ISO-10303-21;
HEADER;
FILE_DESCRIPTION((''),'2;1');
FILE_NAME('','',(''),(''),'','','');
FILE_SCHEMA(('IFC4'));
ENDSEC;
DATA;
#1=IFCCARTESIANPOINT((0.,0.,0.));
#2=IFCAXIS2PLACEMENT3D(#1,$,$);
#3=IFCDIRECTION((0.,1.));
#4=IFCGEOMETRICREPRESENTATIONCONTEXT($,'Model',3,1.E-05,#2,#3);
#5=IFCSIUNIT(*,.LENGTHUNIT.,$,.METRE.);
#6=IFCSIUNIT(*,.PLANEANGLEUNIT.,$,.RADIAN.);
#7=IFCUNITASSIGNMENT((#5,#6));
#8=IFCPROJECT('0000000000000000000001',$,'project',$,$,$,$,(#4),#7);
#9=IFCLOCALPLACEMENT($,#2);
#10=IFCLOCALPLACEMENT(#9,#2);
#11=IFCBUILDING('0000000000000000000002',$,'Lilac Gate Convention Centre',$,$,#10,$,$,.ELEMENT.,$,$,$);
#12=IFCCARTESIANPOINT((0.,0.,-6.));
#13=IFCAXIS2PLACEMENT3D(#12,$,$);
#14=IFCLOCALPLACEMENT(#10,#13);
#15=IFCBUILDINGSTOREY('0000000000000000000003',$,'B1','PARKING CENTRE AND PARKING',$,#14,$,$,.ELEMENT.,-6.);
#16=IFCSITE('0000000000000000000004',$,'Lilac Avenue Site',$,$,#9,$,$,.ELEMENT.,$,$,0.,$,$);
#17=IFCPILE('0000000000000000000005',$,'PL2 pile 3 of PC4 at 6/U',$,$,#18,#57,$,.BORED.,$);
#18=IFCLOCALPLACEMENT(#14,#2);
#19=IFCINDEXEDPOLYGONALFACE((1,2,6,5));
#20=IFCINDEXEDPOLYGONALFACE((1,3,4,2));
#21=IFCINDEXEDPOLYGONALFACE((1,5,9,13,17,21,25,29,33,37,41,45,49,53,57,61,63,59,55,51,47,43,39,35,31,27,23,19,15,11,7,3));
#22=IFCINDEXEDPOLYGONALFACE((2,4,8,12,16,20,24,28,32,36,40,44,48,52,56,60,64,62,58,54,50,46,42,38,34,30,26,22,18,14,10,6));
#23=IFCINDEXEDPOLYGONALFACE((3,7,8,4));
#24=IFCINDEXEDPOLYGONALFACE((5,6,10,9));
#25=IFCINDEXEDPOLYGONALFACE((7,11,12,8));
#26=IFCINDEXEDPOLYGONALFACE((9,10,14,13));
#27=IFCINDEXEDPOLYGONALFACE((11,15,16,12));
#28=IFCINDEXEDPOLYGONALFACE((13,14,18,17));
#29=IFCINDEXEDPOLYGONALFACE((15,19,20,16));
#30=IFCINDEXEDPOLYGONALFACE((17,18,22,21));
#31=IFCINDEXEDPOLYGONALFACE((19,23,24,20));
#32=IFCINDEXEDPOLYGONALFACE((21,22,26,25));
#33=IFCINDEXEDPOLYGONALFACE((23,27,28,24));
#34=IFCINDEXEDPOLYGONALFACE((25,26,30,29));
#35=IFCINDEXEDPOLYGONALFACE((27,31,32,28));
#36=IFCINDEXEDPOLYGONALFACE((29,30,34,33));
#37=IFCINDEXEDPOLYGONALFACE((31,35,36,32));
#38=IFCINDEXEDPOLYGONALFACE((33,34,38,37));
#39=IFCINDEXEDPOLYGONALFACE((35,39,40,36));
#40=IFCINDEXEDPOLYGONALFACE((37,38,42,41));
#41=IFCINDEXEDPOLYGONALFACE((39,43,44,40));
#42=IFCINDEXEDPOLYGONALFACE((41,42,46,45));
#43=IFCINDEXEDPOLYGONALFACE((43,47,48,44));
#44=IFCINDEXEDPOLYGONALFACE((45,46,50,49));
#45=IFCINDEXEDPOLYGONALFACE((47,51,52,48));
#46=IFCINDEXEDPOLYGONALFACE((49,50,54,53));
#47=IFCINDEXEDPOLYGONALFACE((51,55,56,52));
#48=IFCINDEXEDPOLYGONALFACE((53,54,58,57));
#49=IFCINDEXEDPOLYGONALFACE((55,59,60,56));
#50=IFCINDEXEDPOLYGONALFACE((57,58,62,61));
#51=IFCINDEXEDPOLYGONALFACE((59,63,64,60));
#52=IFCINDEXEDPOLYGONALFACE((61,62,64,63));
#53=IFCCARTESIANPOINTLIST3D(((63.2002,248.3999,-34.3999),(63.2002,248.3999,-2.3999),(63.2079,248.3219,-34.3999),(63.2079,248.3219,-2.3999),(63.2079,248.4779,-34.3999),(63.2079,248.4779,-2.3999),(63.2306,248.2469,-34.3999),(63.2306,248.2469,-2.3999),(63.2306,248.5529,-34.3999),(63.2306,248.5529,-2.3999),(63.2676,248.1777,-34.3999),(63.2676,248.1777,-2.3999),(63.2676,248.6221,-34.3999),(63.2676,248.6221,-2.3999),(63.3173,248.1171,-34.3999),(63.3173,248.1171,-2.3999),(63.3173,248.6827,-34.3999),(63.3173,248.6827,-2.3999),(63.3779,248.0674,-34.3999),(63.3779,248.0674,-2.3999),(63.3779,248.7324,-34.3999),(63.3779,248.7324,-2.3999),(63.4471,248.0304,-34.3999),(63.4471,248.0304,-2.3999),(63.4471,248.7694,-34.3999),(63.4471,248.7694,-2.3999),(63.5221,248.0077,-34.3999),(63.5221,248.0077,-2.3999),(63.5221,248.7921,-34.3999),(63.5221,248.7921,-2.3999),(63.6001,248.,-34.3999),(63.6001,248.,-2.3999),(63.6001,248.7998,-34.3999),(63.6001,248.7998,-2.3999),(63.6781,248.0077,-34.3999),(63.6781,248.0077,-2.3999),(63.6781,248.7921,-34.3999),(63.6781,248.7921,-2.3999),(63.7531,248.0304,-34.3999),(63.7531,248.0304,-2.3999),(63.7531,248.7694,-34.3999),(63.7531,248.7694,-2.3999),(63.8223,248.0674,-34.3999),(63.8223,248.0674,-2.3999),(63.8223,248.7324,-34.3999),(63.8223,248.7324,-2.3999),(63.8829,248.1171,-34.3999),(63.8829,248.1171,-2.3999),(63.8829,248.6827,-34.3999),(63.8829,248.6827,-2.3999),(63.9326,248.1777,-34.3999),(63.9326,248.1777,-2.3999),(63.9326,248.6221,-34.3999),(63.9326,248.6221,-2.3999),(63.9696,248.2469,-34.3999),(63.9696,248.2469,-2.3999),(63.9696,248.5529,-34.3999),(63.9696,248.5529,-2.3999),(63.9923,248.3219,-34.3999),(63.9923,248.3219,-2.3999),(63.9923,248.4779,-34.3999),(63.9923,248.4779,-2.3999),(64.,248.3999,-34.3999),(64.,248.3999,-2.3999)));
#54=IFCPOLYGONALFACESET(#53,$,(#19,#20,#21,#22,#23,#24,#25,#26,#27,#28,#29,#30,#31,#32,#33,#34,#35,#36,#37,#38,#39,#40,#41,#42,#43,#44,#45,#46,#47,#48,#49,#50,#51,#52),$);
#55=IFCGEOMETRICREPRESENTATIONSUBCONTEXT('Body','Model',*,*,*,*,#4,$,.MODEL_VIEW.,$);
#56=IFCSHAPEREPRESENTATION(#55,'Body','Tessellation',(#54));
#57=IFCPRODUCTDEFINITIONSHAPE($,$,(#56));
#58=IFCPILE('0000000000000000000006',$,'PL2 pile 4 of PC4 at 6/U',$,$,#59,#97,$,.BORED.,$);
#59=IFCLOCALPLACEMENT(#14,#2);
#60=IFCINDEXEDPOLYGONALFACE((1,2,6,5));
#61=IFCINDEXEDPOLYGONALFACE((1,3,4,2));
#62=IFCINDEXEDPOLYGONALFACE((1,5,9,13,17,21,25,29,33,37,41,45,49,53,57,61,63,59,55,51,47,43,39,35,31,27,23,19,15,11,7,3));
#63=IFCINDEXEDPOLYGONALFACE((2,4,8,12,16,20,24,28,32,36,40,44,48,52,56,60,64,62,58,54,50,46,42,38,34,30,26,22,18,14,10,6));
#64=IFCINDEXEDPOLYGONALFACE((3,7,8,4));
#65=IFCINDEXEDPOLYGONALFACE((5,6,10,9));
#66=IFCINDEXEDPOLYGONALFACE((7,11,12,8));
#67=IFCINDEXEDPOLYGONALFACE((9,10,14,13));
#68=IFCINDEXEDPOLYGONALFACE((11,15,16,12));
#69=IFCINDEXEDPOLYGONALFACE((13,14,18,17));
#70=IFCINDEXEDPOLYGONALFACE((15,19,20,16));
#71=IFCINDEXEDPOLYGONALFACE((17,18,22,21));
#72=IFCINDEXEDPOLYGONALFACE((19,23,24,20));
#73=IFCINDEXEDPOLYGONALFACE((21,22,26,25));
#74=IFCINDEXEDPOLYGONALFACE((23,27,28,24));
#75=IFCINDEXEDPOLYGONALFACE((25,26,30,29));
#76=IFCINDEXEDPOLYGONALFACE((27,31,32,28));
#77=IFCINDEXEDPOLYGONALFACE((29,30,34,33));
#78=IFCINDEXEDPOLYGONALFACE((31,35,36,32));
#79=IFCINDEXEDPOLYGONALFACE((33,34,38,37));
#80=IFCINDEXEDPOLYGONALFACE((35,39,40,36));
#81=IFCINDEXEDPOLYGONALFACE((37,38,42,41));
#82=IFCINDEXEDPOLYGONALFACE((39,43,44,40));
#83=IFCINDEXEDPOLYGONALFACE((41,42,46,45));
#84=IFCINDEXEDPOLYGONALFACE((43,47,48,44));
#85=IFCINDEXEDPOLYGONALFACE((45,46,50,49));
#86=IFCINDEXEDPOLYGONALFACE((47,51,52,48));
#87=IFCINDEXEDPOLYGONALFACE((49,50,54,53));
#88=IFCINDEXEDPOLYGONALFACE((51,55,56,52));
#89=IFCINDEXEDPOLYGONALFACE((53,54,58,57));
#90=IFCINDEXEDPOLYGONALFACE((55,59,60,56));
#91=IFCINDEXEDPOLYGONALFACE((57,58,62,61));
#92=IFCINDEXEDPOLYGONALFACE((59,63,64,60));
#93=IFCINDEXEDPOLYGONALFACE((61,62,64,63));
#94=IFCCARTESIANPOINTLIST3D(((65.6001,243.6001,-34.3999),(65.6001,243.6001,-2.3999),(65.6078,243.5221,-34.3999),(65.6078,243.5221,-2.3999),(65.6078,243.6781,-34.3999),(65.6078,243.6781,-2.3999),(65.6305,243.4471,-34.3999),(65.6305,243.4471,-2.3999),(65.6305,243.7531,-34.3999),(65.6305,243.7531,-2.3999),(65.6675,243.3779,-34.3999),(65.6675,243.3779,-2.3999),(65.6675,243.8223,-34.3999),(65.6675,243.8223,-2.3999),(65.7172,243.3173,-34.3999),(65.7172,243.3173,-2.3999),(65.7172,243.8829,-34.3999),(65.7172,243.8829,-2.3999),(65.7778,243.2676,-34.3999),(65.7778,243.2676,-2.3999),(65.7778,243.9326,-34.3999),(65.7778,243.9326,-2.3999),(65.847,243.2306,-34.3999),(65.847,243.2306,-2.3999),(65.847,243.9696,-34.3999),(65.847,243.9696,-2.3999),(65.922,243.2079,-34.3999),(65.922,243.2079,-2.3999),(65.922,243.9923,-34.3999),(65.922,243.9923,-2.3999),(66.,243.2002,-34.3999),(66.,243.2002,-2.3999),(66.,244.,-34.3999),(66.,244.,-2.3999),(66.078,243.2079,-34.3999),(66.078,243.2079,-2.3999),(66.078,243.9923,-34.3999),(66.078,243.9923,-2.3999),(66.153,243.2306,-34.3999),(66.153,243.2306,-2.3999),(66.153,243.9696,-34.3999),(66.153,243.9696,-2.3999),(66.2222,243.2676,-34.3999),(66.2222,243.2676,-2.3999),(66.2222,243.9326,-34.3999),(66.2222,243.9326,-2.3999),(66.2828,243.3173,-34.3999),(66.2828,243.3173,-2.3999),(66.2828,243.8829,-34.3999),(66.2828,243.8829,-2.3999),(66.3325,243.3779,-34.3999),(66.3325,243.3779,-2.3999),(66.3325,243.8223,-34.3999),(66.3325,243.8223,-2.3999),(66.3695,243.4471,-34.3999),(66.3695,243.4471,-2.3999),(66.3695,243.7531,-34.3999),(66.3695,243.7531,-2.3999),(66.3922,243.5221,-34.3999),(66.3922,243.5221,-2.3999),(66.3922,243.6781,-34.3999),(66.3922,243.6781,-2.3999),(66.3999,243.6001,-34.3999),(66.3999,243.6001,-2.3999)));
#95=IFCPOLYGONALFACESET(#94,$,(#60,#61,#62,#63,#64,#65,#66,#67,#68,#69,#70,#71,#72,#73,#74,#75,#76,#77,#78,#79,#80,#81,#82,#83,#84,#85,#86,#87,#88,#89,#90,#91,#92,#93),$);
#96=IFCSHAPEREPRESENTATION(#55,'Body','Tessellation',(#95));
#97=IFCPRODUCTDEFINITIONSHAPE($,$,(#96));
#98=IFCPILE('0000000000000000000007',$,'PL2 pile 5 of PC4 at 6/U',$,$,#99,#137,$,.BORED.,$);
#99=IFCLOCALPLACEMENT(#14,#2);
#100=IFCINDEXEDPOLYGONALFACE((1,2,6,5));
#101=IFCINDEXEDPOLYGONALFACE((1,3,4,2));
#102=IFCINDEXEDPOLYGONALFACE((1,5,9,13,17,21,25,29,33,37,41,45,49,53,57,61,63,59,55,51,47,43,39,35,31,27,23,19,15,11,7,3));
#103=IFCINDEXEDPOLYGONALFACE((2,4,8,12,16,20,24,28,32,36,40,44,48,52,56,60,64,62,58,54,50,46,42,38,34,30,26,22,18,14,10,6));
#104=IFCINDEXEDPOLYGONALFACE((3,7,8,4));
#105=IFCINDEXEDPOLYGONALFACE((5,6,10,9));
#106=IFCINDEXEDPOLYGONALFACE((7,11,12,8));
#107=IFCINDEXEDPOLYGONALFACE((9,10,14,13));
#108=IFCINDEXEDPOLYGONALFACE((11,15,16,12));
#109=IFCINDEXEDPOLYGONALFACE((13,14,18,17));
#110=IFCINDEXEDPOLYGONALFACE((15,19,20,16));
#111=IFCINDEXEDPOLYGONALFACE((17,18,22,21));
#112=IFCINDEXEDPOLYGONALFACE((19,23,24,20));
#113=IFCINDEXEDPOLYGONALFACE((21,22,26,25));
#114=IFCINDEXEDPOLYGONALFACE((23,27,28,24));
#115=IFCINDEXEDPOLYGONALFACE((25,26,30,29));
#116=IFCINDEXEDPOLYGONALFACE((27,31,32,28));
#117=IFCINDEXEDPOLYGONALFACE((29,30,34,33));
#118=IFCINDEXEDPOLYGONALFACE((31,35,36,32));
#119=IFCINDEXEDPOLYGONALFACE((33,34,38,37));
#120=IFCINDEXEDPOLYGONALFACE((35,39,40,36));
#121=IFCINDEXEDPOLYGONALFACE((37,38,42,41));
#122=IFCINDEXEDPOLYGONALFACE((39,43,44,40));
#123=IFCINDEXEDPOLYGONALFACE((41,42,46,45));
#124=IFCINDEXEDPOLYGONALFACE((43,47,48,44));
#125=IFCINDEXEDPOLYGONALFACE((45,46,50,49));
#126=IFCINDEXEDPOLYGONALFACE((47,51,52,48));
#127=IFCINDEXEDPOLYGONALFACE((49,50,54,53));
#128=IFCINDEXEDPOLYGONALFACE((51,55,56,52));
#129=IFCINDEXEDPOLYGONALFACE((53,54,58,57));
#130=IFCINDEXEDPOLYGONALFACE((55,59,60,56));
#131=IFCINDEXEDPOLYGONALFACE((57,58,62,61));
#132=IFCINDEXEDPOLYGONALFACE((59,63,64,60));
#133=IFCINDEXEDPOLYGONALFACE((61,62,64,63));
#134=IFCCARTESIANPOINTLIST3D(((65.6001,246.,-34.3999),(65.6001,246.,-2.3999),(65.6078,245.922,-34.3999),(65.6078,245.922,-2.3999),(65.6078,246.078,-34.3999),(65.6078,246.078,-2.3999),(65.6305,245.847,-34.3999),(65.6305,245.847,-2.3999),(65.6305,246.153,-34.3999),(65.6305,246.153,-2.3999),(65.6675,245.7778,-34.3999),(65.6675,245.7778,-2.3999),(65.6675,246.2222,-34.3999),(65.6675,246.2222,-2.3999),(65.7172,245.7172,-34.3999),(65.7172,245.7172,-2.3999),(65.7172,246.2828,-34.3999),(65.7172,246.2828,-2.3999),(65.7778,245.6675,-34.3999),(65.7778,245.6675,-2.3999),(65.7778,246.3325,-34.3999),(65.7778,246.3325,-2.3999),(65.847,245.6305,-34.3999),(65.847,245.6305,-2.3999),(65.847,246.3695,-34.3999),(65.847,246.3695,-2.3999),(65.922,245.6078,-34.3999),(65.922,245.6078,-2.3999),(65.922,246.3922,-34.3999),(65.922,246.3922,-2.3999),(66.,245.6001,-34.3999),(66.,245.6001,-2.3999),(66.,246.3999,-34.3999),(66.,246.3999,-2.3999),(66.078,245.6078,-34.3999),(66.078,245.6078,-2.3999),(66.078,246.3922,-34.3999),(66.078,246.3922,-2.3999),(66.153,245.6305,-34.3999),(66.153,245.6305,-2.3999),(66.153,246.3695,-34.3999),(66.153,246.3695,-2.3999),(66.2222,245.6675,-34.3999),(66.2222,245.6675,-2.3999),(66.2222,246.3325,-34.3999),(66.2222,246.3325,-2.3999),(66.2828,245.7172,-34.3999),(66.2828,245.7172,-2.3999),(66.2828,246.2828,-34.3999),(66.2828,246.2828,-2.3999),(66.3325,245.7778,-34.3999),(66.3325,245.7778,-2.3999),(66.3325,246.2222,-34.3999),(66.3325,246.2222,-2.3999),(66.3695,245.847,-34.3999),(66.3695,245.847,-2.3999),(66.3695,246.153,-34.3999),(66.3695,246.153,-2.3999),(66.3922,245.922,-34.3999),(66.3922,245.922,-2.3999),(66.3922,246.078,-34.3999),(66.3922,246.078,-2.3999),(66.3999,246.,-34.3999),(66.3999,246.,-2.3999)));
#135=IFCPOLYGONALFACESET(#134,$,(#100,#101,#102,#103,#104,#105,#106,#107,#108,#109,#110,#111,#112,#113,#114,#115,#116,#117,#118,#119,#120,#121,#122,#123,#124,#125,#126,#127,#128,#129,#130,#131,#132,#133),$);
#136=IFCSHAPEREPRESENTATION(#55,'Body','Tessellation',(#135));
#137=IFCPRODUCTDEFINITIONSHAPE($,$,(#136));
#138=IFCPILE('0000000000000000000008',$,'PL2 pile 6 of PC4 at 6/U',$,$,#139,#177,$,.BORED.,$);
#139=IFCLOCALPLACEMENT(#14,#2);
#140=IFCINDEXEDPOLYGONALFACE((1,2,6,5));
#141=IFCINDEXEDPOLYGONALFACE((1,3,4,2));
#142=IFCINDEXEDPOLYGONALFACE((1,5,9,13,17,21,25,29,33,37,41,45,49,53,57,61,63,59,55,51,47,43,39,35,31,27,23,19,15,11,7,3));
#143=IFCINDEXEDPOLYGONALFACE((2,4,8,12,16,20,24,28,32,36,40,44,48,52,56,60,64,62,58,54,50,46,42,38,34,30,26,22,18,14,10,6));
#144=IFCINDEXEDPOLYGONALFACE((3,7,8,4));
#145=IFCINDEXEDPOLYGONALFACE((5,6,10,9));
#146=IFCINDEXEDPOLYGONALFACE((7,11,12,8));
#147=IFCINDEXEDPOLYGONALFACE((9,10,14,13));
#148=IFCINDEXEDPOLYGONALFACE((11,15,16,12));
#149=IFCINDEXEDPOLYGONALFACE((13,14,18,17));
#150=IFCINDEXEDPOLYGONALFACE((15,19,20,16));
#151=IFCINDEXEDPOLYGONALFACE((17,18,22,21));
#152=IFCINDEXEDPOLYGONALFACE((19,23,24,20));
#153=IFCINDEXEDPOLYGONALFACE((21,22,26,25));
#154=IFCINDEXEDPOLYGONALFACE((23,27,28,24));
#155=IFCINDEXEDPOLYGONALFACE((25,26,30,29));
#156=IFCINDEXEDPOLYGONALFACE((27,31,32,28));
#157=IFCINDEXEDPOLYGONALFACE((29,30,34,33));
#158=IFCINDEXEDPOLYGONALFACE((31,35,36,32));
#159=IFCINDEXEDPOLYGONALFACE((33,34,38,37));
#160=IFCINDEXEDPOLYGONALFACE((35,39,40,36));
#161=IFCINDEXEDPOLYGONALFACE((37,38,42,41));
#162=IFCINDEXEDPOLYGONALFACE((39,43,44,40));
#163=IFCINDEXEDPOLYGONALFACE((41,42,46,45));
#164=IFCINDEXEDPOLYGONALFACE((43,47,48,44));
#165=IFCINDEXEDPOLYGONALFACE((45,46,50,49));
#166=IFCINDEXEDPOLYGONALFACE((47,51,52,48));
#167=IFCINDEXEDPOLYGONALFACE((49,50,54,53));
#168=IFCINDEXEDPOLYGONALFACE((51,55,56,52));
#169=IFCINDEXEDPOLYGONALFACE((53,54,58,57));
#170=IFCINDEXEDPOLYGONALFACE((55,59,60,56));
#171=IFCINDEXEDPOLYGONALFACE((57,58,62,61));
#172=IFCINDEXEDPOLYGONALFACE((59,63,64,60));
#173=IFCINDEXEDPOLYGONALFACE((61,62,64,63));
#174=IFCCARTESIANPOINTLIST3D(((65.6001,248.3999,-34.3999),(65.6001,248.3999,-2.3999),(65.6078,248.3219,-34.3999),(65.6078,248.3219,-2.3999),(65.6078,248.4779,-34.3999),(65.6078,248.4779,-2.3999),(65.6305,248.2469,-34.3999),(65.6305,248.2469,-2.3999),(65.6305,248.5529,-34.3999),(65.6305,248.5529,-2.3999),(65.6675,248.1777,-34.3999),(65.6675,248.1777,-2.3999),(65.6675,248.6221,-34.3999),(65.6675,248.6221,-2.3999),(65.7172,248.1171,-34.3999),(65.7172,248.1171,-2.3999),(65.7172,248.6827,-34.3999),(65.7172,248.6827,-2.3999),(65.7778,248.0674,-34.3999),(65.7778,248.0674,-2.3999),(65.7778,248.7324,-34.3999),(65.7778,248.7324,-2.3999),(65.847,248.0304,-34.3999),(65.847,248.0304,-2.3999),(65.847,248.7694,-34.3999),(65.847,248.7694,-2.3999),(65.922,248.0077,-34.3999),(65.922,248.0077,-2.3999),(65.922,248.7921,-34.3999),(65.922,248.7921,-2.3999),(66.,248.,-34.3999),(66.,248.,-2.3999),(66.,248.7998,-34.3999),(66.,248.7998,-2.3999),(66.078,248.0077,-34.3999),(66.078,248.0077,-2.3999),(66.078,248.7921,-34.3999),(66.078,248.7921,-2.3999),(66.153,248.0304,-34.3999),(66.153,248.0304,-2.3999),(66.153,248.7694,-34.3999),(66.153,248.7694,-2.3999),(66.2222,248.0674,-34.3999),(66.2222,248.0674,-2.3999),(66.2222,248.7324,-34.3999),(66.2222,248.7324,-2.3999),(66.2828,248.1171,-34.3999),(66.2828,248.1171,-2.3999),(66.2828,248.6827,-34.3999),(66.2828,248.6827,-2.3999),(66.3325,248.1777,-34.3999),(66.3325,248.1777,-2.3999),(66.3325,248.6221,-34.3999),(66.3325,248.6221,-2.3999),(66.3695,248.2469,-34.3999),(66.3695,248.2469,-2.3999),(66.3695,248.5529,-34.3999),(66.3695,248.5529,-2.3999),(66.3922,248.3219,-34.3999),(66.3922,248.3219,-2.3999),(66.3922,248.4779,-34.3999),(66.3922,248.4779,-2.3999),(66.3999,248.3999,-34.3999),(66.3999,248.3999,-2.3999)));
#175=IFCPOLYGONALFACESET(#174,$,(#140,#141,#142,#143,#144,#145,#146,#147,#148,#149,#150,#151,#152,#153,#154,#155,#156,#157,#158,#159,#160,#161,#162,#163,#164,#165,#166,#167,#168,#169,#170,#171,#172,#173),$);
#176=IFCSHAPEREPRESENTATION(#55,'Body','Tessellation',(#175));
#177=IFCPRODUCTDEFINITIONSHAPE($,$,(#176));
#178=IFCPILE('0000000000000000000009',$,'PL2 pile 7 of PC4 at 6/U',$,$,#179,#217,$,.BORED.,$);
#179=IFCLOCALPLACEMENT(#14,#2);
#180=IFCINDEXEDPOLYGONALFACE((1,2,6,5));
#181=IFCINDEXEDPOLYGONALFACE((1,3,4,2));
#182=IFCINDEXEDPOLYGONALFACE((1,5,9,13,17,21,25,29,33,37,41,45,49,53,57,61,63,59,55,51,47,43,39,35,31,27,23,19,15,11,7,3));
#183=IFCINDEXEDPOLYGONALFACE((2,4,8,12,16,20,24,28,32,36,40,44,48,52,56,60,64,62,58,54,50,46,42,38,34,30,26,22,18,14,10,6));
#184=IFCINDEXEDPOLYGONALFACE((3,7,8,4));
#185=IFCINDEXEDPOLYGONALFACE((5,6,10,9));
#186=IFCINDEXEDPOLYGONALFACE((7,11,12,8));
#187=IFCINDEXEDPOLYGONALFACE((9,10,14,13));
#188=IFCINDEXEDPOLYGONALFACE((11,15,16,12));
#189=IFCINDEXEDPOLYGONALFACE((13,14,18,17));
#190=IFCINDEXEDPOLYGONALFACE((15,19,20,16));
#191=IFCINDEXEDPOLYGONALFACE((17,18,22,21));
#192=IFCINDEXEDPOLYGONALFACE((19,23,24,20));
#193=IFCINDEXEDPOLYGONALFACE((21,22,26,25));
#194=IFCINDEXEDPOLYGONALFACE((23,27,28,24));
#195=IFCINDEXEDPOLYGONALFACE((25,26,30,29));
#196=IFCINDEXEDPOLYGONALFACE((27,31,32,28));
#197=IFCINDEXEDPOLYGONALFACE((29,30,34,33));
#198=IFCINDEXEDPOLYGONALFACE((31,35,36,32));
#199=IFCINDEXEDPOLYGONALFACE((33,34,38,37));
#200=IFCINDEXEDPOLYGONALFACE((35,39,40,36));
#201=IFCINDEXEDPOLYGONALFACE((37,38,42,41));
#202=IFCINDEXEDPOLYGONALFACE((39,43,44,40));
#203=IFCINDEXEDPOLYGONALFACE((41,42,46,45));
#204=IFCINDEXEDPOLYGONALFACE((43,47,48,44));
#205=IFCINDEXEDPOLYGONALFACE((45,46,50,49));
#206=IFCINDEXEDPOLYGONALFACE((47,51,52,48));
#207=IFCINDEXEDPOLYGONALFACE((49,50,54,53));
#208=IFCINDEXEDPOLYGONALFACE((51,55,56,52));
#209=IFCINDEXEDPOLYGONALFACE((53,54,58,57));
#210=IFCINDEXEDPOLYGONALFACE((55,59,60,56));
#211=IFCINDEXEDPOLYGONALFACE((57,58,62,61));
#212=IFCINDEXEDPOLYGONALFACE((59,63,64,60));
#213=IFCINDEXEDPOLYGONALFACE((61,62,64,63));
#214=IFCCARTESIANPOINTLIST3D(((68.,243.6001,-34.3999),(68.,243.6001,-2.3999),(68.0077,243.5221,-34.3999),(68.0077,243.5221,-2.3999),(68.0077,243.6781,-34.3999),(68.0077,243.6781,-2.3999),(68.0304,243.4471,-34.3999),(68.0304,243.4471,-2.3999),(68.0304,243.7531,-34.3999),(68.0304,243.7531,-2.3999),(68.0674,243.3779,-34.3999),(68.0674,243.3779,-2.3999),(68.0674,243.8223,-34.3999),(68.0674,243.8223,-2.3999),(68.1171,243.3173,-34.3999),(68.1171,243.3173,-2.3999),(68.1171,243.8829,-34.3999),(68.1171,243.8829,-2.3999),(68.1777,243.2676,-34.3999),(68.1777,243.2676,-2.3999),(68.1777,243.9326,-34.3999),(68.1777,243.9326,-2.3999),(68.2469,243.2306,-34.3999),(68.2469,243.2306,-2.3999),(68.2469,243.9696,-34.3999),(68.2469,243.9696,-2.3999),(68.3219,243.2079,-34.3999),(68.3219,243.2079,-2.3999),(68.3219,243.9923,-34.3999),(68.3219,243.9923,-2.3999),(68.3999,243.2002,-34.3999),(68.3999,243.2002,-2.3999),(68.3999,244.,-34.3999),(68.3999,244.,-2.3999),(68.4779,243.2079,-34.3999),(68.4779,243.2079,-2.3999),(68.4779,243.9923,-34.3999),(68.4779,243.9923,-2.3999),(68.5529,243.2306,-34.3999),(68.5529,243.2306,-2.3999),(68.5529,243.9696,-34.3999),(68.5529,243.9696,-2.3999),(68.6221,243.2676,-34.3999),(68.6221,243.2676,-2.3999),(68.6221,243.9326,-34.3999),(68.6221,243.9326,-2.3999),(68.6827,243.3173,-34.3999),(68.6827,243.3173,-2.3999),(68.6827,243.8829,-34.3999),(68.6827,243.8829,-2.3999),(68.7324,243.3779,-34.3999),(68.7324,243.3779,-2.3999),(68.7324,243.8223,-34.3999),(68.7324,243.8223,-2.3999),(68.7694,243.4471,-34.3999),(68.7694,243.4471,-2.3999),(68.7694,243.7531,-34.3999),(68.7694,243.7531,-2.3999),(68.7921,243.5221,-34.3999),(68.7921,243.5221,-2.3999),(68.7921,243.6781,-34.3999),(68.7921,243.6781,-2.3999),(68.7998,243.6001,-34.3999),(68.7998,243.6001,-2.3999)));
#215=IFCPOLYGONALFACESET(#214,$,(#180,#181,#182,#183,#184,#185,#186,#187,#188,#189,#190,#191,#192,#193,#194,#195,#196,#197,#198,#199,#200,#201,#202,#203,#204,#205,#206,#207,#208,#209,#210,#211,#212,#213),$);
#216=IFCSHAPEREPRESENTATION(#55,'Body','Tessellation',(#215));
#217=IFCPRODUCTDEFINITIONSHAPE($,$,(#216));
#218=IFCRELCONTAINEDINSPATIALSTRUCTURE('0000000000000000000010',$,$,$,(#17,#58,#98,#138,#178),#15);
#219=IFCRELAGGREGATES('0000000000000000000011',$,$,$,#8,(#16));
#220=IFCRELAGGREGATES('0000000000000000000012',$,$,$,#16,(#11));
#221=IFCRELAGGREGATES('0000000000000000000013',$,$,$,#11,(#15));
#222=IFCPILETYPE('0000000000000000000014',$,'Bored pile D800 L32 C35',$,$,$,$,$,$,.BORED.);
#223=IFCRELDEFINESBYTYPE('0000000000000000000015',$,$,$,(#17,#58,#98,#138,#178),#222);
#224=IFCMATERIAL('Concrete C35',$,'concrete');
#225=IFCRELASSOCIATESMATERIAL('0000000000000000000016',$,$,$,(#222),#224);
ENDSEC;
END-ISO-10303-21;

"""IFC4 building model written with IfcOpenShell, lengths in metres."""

from ifc_helpers import new_model, si_unit, direction, frame, origin, origin_2d, place, context, subcontext, project, spatial, circle, extrude, material, material_profile, profile_set, type_object, element, save


model = new_model("IFC4")

# Units and contexts
model_context = context("Model", 3, precision=1e-05, world=origin(), true_north=direction((0.0, 1.0)))
body_context = subcontext(model_context, "Body", "Model", "MODEL_VIEW")
ifc_project = project(units=[si_unit("LENGTHUNIT", "METRE"), si_unit("PLANEANGLEUNIT", "RADIAN")], contexts=[model_context])

# Site, building, storey
site_placement = place(None, origin())
site = spatial("IfcSite", under=ifc_project, at=site_placement, Name="Lilac Avenue Site", CompositionType="ELEMENT", RefElevation=0.0)
building_placement = place(site_placement, origin())
building = spatial("IfcBuilding", under=site, at=building_placement, Name="Lilac Gate Convention Centre", CompositionType="ELEMENT")
storey_placement = place(building_placement, frame((0.0, 0.0, -6.0)))
storey = spatial("IfcBuildingStorey", under=building, at=storey_placement, Name="B1", Description="PARKING CENTRE AND PARKING", CompositionType="ELEMENT", Elevation=-6.0)

# Piles
ifc_material_1 = material(Name="Concrete C35", Category="concrete")
ifc_material_profile_1 = material_profile(ifc_material_1, circle(Radius=0.3999, at=origin_2d()), Name="D800")
ifc_profile_set_1 = profile_set([ifc_material_profile_1], Name="Concrete C35")
pile_type = type_object("IfcPileType", Name="Bored pile D800 L32 C35", PredefinedType="BORED", material=ifc_profile_set_1)
for number, where, z_axis, x_axis, name in (
    (1, (63.6001, 248.3999, -2.3999), (0.0, 0.0, -1.0), (1.0, 0.0, 0.0), "PL2 pile 3 of PC4 at 6/U"),
    (2, (66.0, 243.6001, -2.3999), (0.0, 0.0, -1.0), (1.0, 0.0, 0.0), "PL2 pile 4 of PC4 at 6/U"),
    (3, (66.0, 246.0, -2.3999), (0.0, 0.0, -1.0), (1.0, 0.0, 0.0), "PL2 pile 5 of PC4 at 6/U"),
    (4, (66.0, 248.3999, -2.3999), (0.0, 0.0, -1.0), (1.0, 0.0, 0.0), "PL2 pile 6 of PC4 at 6/U"),
    (5, (68.3999, 243.6001, -2.3999), (0.0, 0.0, -1.0), (1.0, 0.0, 0.0), "PL2 pile 7 of PC4 at 6/U"),
):
    element("IfcPile", number, at=place(storey_placement, frame(where, z_axis=z_axis, x_axis=x_axis)), inside=storey, type_object=pile_type, Name=name, PredefinedType="BORED", context=body_context, shape_type="SweptSolid", body=[
        extrude(circle(Radius=0.3999, at=origin_2d()), origin(), (0.0, 0.0, 1.0), 32.0),
    ])

save(model, "model.ifc")
